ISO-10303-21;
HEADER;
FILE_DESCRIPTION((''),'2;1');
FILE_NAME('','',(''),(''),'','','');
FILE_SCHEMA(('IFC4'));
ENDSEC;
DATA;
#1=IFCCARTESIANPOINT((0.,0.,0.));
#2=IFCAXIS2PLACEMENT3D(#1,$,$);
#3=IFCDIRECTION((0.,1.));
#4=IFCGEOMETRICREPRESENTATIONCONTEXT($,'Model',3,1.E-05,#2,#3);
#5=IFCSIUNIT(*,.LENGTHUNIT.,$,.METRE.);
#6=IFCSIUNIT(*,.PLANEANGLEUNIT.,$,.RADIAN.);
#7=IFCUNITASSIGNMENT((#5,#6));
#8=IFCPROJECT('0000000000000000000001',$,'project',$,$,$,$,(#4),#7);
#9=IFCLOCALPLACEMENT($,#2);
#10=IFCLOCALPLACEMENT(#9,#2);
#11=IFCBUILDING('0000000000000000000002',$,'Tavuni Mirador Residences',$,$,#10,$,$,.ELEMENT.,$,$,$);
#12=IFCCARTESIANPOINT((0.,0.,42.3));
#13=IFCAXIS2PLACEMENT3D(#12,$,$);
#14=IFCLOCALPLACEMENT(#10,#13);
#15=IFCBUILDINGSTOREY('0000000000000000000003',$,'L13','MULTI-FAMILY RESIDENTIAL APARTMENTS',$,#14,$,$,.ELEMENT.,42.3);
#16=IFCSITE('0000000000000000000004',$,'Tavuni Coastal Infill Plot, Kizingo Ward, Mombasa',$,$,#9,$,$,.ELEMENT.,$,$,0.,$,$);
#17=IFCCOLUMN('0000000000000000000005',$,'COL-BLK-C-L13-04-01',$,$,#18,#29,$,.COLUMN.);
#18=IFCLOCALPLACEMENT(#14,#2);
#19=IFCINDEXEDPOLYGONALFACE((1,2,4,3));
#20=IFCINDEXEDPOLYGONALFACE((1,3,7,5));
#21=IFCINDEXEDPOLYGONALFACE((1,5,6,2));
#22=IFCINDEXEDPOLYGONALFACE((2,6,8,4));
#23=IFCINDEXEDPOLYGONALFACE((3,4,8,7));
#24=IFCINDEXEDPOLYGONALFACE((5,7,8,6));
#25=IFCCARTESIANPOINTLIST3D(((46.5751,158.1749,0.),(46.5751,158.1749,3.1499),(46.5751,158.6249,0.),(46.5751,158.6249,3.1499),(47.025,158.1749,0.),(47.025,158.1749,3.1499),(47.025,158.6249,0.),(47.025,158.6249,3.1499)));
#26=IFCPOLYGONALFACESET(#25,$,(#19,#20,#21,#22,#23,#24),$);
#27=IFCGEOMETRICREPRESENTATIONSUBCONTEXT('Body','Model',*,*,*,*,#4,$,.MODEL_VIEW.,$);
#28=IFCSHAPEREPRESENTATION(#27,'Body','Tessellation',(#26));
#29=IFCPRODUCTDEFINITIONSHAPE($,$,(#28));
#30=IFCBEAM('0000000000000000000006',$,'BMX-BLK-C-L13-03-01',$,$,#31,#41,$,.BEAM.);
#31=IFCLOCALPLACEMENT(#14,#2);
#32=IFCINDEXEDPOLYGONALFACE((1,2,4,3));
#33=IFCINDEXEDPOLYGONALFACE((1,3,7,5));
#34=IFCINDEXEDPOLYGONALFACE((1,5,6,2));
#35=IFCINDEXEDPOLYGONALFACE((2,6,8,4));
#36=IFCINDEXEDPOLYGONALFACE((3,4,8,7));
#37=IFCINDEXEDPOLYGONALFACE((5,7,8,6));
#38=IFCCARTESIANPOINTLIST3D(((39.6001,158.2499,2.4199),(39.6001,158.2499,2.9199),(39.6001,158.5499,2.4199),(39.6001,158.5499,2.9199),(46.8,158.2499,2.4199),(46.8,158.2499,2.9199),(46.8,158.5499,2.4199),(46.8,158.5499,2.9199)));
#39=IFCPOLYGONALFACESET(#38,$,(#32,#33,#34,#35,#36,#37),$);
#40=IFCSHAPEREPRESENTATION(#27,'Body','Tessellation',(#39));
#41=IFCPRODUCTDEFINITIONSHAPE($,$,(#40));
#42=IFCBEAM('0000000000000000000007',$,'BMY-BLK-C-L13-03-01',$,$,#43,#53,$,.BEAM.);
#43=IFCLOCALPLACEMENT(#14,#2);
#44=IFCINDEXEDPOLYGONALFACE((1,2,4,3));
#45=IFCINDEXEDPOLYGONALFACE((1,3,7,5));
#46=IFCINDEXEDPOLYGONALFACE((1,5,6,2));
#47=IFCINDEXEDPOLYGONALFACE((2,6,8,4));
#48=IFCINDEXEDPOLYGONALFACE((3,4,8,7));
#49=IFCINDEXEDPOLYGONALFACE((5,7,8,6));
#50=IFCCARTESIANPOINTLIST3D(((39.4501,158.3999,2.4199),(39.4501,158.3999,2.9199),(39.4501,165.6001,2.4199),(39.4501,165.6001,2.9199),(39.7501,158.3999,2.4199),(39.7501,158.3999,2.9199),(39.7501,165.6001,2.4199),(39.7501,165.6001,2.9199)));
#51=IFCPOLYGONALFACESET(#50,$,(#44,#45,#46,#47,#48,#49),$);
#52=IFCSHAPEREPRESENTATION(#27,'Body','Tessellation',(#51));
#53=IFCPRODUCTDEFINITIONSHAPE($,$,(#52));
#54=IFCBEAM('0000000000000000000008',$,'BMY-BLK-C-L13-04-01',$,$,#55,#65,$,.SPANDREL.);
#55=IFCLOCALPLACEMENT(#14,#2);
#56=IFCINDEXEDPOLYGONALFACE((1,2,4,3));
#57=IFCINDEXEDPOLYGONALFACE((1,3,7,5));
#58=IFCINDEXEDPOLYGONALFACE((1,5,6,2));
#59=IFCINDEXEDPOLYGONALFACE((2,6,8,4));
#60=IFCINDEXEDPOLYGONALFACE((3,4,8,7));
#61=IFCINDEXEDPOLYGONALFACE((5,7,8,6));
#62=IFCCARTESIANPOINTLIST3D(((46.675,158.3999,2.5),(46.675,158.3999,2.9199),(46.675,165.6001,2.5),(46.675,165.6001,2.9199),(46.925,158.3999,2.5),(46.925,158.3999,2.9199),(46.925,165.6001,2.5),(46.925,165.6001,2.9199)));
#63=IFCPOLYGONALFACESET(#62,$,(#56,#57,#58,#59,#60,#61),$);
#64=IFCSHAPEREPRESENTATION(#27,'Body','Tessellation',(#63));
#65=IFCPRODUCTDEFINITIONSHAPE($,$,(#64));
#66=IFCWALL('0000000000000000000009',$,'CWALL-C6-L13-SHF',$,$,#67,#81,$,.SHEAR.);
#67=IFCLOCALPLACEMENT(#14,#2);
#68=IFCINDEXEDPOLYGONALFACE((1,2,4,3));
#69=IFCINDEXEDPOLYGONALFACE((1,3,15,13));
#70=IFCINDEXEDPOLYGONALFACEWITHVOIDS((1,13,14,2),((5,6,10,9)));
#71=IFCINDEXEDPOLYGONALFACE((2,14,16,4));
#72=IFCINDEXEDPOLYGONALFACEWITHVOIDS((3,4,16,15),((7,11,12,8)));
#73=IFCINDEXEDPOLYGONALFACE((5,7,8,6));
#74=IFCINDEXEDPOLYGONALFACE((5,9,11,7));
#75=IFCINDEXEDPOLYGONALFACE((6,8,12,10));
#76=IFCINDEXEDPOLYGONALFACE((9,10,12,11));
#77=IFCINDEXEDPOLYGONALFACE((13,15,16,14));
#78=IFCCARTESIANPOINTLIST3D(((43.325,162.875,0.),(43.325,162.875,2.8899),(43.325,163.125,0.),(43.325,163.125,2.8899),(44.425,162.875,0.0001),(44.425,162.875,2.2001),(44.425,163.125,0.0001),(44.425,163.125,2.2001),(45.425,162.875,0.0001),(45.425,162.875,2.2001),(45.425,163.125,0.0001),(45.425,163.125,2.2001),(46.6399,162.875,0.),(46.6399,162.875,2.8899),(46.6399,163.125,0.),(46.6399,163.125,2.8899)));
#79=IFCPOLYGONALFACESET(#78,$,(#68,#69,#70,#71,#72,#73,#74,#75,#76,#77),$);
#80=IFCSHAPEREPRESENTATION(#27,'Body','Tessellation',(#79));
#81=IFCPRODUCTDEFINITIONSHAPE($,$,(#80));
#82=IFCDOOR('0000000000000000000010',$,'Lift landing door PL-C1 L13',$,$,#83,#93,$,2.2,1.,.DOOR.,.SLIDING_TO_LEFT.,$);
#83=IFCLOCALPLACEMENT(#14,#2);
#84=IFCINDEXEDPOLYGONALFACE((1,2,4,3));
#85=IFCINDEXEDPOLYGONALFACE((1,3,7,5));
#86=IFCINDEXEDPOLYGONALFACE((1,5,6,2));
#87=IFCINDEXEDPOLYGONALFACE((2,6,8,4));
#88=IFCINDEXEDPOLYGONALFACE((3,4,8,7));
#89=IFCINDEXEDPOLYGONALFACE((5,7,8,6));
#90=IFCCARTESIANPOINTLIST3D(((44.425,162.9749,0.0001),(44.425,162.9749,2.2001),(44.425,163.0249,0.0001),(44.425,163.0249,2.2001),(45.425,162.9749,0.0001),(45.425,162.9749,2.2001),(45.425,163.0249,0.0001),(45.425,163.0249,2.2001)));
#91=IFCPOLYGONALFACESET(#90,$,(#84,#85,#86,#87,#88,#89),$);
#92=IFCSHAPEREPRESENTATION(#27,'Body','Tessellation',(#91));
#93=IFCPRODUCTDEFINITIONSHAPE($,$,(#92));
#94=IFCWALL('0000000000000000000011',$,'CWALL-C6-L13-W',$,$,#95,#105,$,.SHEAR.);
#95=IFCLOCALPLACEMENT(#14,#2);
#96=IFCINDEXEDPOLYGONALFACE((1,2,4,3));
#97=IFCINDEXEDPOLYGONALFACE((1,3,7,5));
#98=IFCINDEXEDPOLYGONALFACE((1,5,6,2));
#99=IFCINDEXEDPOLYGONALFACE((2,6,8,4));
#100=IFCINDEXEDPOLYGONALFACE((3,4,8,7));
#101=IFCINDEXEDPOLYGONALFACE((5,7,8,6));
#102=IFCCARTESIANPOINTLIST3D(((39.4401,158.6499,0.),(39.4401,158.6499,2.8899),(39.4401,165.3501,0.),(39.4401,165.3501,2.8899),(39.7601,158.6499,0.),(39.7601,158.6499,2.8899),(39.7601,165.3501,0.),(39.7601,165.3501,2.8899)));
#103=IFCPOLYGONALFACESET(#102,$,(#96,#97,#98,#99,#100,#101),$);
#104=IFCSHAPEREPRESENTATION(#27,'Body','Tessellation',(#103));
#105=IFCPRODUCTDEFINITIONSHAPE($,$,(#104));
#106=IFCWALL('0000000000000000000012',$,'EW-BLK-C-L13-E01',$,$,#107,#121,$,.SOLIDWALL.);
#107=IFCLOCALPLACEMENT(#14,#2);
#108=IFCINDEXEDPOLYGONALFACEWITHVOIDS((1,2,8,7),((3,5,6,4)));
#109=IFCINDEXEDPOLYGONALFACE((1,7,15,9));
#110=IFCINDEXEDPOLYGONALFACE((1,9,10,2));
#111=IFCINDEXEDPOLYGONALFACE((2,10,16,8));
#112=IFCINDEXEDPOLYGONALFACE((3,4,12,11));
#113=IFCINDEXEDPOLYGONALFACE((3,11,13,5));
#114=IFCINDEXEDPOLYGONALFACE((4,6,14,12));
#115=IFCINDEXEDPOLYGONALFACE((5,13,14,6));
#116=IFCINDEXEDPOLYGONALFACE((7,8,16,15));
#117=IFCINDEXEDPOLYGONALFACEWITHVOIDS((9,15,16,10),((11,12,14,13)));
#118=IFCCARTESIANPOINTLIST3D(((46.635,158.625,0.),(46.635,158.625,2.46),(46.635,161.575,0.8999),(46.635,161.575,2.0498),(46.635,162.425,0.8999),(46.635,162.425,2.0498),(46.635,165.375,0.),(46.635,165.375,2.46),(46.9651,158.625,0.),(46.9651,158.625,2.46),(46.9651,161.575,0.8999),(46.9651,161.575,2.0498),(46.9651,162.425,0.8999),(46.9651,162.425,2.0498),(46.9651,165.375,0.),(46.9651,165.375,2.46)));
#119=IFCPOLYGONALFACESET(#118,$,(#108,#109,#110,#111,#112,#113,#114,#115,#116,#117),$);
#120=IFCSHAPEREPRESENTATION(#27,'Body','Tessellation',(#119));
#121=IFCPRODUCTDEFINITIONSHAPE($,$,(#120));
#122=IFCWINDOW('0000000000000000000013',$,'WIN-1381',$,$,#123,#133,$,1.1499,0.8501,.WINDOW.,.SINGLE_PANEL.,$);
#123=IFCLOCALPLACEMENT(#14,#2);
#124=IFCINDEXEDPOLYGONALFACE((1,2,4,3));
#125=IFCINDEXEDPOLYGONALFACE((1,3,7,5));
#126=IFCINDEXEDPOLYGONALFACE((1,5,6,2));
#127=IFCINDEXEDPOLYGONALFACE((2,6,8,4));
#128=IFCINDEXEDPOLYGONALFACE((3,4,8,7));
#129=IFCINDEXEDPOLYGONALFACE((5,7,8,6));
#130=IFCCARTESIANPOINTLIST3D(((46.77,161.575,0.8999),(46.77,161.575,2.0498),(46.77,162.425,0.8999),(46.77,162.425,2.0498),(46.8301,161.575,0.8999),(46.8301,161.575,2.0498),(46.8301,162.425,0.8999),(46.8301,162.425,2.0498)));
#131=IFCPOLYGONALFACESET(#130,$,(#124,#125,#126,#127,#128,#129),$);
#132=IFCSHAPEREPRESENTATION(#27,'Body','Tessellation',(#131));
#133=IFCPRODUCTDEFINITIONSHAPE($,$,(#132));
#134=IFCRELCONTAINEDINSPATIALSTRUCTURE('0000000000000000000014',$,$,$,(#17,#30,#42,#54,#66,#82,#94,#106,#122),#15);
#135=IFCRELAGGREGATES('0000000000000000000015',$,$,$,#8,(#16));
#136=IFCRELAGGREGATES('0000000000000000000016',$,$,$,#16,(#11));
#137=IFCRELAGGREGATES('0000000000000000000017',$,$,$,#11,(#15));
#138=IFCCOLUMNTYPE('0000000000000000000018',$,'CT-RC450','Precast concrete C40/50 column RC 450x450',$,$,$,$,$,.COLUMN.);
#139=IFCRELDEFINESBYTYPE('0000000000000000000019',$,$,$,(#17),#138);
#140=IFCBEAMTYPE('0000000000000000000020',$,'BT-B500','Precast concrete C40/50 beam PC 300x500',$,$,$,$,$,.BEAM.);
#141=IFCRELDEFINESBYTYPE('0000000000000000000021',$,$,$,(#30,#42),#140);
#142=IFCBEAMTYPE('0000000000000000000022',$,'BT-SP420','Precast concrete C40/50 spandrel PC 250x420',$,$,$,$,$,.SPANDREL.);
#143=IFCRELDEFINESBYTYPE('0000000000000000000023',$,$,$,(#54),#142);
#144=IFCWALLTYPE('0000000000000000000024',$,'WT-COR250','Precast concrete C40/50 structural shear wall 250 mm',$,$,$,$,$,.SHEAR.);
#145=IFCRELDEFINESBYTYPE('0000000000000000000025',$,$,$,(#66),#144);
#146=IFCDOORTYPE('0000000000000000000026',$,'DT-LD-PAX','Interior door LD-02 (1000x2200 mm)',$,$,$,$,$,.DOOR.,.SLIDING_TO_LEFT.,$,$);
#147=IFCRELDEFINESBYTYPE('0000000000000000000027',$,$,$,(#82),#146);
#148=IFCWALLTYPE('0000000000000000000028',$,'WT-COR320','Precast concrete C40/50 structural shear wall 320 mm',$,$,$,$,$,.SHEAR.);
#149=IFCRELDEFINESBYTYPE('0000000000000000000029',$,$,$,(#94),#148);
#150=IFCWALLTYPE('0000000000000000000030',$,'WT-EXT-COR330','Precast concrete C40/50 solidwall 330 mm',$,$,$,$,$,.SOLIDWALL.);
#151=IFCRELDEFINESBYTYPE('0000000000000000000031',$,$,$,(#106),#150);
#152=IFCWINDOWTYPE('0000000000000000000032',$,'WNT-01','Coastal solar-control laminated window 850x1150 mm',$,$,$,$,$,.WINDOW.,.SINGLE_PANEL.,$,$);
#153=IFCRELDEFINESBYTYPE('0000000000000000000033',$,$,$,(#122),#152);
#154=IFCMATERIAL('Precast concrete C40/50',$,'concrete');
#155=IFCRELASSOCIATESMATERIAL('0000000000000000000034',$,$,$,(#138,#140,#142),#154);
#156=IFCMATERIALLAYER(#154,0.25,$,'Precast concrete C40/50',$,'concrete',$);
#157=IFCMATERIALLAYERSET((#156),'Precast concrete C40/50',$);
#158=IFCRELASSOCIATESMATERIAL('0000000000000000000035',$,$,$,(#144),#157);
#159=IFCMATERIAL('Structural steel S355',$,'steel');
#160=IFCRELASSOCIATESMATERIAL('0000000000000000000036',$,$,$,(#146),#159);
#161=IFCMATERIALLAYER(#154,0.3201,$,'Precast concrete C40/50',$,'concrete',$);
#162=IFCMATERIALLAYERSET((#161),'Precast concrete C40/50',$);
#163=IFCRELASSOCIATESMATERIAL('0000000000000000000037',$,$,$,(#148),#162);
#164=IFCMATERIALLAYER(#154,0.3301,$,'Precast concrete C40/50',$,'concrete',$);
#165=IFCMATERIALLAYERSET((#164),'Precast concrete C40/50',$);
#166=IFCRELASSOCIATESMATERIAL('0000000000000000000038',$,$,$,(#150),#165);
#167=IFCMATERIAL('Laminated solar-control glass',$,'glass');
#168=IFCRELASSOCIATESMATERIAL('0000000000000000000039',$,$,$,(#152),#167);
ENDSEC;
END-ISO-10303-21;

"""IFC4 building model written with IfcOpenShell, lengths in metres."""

from ifc_helpers import new_model, si_unit, direction, frame, frame_2d, origin, origin_2d, place, context, subcontext, project, spatial, rectangle, extrude, material, layer, layer_set, material_profile, profile_set, type_object, element, fill, save


model = new_model("IFC4")

# Units and contexts
model_context = context("Model", 3, precision=1e-05, world=origin(), true_north=direction((0.0, 1.0)))
body_context = subcontext(model_context, "Body", "Model", "MODEL_VIEW")
ifc_project = project(units=[si_unit("LENGTHUNIT", "METRE"), si_unit("PLANEANGLEUNIT", "RADIAN")], contexts=[model_context])

# Site, building, storey
site_placement = place(None, origin())
site = spatial("IfcSite", under=ifc_project, at=site_placement, Name="Tavuni Coastal Infill Plot, Kizingo Ward, Mombasa", CompositionType="ELEMENT", RefElevation=0.0)
building_placement = place(site_placement, origin())
building = spatial("IfcBuilding", under=site, at=building_placement, Name="Tavuni Mirador Residences", CompositionType="ELEMENT")
storey_placement = place(building_placement, frame((0.0, 0.0, 42.3)))
storey = spatial("IfcBuildingStorey", under=building, at=storey_placement, Name="L13", Description="MULTI-FAMILY RESIDENTIAL APARTMENTS", CompositionType="ELEMENT", Elevation=42.3)

# Column
ifc_material_1 = material(Name="Precast concrete C40/50", Category="concrete")
ifc_material_profile_1 = material_profile(ifc_material_1, rectangle(XDim=0.45, YDim=0.45, at=origin_2d()), Name="RC 450x450", Category="concrete")
ifc_profile_set_1 = profile_set([ifc_material_profile_1], Name="Precast concrete C40/50")
column_type = type_object("IfcColumnType", Name="CT-RC450", Description="Precast concrete C40/50 column RC 450x450", PredefinedType="COLUMN", material=ifc_profile_set_1)
column_placement = place(storey_placement, frame((46.8, 158.3999, 0.0), z_axis=(0.0, 0.0, 1.0), x_axis=(1.0, 0.0, 0.0)))
element("IfcColumn", 1, at=column_placement, inside=storey, type_object=column_type, Name="COL-BLK-C-L13-04-01", PredefinedType="COLUMN", context=body_context, shape_type="SweptSolid", body=[
    extrude(rectangle(XDim=0.45, YDim=0.45, at=origin_2d()), origin(), (0.0, 0.0, 1.0), 3.1499),
])

# Beams
ifc_material_profile_2 = material_profile(ifc_material_1, rectangle(XDim=0.3, YDim=0.5, at=origin_2d()), Name="PC 300x500", Category="concrete")
ifc_profile_set_2 = profile_set([ifc_material_profile_2], Name="Precast concrete C40/50")
beam_type_1 = type_object("IfcBeamType", Name="BT-B500", Description="Precast concrete C40/50 beam PC 300x500", PredefinedType="BEAM", material=ifc_profile_set_2)
beam_1_placement = place(storey_placement, frame((39.6001, 158.3999, 2.6699), z_axis=(1.0, 0.0, 0.0), x_axis=(0.0, 1.0, 0.0)))
element("IfcBeam", 2, at=beam_1_placement, inside=storey, type_object=beam_type_1, Name="BMX-BLK-C-L13-03-01", PredefinedType="BEAM", context=body_context, shape_type="SweptSolid", body=[
    extrude(rectangle(XDim=0.3, YDim=0.5, at=origin_2d()), origin(), (0.0, 0.0, 1.0), 7.2),
])
beam_2_placement = place(storey_placement, frame((39.6001, 158.3999, 2.6699), z_axis=(0.0, 1.0, 0.0), x_axis=(-1.0, 0.0, 0.0)))
element("IfcBeam", 3, at=beam_2_placement, inside=storey, type_object=beam_type_1, Name="BMY-BLK-C-L13-03-01", PredefinedType="BEAM", context=body_context, shape_type="SweptSolid", body=[
    extrude(rectangle(XDim=0.3, YDim=0.5, at=origin_2d()), origin(), (0.0, 0.0, 1.0), 7.2002),
])
ifc_material_profile_3 = material_profile(ifc_material_1, rectangle(XDim=0.25, YDim=0.4199, at=origin_2d()), Name="PC 250x420", Category="concrete")
ifc_profile_set_3 = profile_set([ifc_material_profile_3], Name="Precast concrete C40/50")
beam_type_2 = type_object("IfcBeamType", Name="BT-SP420", Description="Precast concrete C40/50 spandrel PC 250x420", PredefinedType="SPANDREL", material=ifc_profile_set_3)
beam_3_placement = place(storey_placement, frame((46.8, 158.3999, 2.71), z_axis=(0.0, 1.0, 0.0), x_axis=(-1.0, 0.0, 0.0)))
element("IfcBeam", 4, at=beam_3_placement, inside=storey, type_object=beam_type_2, Name="BMY-BLK-C-L13-04-01", PredefinedType="SPANDREL", context=body_context, shape_type="SweptSolid", body=[
    extrude(rectangle(XDim=0.25, YDim=0.4199, at=origin_2d()), origin(), (0.0, 0.0, 1.0), 7.2002),
])

# Wall, opening, door
ifc_layer_1 = layer(ifc_material_1, 0.25, Name="Precast concrete C40/50", Category="concrete")
ifc_layer_set_1 = layer_set([ifc_layer_1], Name="Precast concrete C40/50")
wall_type_1 = type_object("IfcWallType", Name="WT-COR250", Description="Precast concrete C40/50 structural shear wall 250 mm", PredefinedType="SHEAR", material=ifc_layer_set_1)
wall_1_placement = place(storey_placement, frame((43.325, 163.0, 0.0), z_axis=(0.0, 0.0, 1.0), x_axis=(1.0, 0.0, 0.0)))
wall_1 = element("IfcWall", 5, at=wall_1_placement, inside=storey, type_object=wall_type_1, Name="CWALL-C6-L13-SHF", PredefinedType="SHEAR", context=body_context, shape_type="SweptSolid", body=[
    extrude(rectangle(XDim=3.3149, YDim=0.25, at=frame_2d((1.6575, 0.0))), origin(), (0.0, 0.0, 1.0), 2.8899),
])
opening_1_placement = place(wall_1_placement, frame((1.1001, 0.0, 0.0)))
opening_1 = element("IfcOpeningElement", 6, at=opening_1_placement, cuts=wall_1, PredefinedType="OPENING", context=body_context, shape_type="SweptSolid", body=[
    extrude(rectangle(XDim=1.0, YDim=2.2, at=frame_2d((0.5, 1.1001))), frame((0.0, 0.135, 0.0), z_axis=(0.0, -1.0, 0.0), x_axis=(1.0, 0.0, 0.0)), (0.0, 0.0, 1.0), 0.27),
])
ifc_material_2 = material(Name="Structural steel S355", Category="steel")
door_type_1 = type_object("IfcDoorType", Name="DT-LD-PAX", Description="Interior door LD-02 (1000x2200 mm)", OperationType="SLIDING_TO_LEFT", PredefinedType="DOOR", material=ifc_material_2)
door_1_placement = place(opening_1_placement, origin())
door_1 = element("IfcDoor", 7, at=door_1_placement, inside=storey, type_object=door_type_1, Name="Lift landing door PL-C1 L13", OperationType="SLIDING_TO_LEFT", OverallHeight=2.2, OverallWidth=1.0, PredefinedType="DOOR", context=body_context, shape_type="SweptSolid", body=[
    extrude(rectangle(XDim=1.0, YDim=2.2, at=frame_2d((0.5, 1.1001))), frame((0.0, 0.0249, 0.0), z_axis=(0.0, -1.0, 0.0), x_axis=(1.0, 0.0, 0.0)), (0.0, 0.0, 1.0), 0.05),
])
fill(opening_1, door_1)

# Wall
ifc_layer_2 = layer(ifc_material_1, 0.3201, Name="Precast concrete C40/50", Category="concrete")
ifc_layer_set_2 = layer_set([ifc_layer_2], Name="Precast concrete C40/50")
wall_type_2 = type_object("IfcWallType", Name="WT-COR320", Description="Precast concrete C40/50 structural shear wall 320 mm", PredefinedType="SHEAR", material=ifc_layer_set_2)
wall_2_placement = place(storey_placement, frame((39.6001, 158.6499, 0.0), z_axis=(0.0, 0.0, 1.0), x_axis=(0.0, 1.0, 0.0)))
element("IfcWall", 8, at=wall_2_placement, inside=storey, type_object=wall_type_2, Name="CWALL-C6-L13-W", PredefinedType="SHEAR", context=body_context, shape_type="SweptSolid", body=[
    extrude(rectangle(XDim=6.7002, YDim=0.3201, at=frame_2d((3.3501, 0.0))), origin(), (0.0, 0.0, 1.0), 2.8899),
])

# Wall, opening, window
ifc_layer_3 = layer(ifc_material_1, 0.3301, Name="Precast concrete C40/50", Category="concrete")
ifc_layer_set_3 = layer_set([ifc_layer_3], Name="Precast concrete C40/50")
wall_type_3 = type_object("IfcWallType", Name="WT-EXT-COR330", Description="Precast concrete C40/50 solidwall 330 mm", PredefinedType="SOLIDWALL", material=ifc_layer_set_3)
wall_3_placement = place(storey_placement, frame((46.8, 158.625, 0.0), z_axis=(0.0, 0.0, 1.0), x_axis=(0.0, 1.0, 0.0)))
wall_3 = element("IfcWall", 9, at=wall_3_placement, inside=storey, type_object=wall_type_3, Name="EW-BLK-C-L13-E01", PredefinedType="SOLIDWALL", context=body_context, shape_type="SweptSolid", body=[
    extrude(rectangle(XDim=6.75, YDim=0.3301, at=frame_2d((3.375, 0.0))), origin(), (0.0, 0.0, 1.0), 2.46),
])
opening_2_placement = place(wall_3_placement, frame((2.95, 0.0, 0.8999)))
opening_2 = element("IfcOpeningElement", 10, at=opening_2_placement, cuts=wall_3, PredefinedType="OPENING", context=body_context, shape_type="SweptSolid", body=[
    extrude(rectangle(XDim=0.8501, YDim=1.1499, at=frame_2d((0.425, 0.575))), frame((0.0, 0.175, 0.0), z_axis=(0.0, -1.0, 0.0), x_axis=(1.0, 0.0, 0.0)), (0.0, 0.0, 1.0), 0.3501),
])
ifc_material_3 = material(Name="Laminated solar-control glass", Category="glass")
window_type = type_object("IfcWindowType", Name="WNT-01", Description="Coastal solar-control laminated window 850x1150 mm", PartitioningType="SINGLE_PANEL", PredefinedType="WINDOW", material=ifc_material_3)
window_placement = place(opening_2_placement, origin())
window = element("IfcWindow", 11, at=window_placement, inside=storey, type_object=window_type, Name="WIN-1381", OverallHeight=1.1499, OverallWidth=0.8501, PartitioningType="SINGLE_PANEL", PredefinedType="WINDOW", context=body_context, shape_type="SweptSolid", body=[
    extrude(rectangle(XDim=0.8501, YDim=1.1499, at=frame_2d((0.425, 0.575))), frame((0.0, 0.03, 0.0), z_axis=(0.0, -1.0, 0.0), x_axis=(1.0, 0.0, 0.0)), (0.0, 0.0, 1.0), 0.0601),
])
fill(opening_2, window)

save(model, "model.ifc")
